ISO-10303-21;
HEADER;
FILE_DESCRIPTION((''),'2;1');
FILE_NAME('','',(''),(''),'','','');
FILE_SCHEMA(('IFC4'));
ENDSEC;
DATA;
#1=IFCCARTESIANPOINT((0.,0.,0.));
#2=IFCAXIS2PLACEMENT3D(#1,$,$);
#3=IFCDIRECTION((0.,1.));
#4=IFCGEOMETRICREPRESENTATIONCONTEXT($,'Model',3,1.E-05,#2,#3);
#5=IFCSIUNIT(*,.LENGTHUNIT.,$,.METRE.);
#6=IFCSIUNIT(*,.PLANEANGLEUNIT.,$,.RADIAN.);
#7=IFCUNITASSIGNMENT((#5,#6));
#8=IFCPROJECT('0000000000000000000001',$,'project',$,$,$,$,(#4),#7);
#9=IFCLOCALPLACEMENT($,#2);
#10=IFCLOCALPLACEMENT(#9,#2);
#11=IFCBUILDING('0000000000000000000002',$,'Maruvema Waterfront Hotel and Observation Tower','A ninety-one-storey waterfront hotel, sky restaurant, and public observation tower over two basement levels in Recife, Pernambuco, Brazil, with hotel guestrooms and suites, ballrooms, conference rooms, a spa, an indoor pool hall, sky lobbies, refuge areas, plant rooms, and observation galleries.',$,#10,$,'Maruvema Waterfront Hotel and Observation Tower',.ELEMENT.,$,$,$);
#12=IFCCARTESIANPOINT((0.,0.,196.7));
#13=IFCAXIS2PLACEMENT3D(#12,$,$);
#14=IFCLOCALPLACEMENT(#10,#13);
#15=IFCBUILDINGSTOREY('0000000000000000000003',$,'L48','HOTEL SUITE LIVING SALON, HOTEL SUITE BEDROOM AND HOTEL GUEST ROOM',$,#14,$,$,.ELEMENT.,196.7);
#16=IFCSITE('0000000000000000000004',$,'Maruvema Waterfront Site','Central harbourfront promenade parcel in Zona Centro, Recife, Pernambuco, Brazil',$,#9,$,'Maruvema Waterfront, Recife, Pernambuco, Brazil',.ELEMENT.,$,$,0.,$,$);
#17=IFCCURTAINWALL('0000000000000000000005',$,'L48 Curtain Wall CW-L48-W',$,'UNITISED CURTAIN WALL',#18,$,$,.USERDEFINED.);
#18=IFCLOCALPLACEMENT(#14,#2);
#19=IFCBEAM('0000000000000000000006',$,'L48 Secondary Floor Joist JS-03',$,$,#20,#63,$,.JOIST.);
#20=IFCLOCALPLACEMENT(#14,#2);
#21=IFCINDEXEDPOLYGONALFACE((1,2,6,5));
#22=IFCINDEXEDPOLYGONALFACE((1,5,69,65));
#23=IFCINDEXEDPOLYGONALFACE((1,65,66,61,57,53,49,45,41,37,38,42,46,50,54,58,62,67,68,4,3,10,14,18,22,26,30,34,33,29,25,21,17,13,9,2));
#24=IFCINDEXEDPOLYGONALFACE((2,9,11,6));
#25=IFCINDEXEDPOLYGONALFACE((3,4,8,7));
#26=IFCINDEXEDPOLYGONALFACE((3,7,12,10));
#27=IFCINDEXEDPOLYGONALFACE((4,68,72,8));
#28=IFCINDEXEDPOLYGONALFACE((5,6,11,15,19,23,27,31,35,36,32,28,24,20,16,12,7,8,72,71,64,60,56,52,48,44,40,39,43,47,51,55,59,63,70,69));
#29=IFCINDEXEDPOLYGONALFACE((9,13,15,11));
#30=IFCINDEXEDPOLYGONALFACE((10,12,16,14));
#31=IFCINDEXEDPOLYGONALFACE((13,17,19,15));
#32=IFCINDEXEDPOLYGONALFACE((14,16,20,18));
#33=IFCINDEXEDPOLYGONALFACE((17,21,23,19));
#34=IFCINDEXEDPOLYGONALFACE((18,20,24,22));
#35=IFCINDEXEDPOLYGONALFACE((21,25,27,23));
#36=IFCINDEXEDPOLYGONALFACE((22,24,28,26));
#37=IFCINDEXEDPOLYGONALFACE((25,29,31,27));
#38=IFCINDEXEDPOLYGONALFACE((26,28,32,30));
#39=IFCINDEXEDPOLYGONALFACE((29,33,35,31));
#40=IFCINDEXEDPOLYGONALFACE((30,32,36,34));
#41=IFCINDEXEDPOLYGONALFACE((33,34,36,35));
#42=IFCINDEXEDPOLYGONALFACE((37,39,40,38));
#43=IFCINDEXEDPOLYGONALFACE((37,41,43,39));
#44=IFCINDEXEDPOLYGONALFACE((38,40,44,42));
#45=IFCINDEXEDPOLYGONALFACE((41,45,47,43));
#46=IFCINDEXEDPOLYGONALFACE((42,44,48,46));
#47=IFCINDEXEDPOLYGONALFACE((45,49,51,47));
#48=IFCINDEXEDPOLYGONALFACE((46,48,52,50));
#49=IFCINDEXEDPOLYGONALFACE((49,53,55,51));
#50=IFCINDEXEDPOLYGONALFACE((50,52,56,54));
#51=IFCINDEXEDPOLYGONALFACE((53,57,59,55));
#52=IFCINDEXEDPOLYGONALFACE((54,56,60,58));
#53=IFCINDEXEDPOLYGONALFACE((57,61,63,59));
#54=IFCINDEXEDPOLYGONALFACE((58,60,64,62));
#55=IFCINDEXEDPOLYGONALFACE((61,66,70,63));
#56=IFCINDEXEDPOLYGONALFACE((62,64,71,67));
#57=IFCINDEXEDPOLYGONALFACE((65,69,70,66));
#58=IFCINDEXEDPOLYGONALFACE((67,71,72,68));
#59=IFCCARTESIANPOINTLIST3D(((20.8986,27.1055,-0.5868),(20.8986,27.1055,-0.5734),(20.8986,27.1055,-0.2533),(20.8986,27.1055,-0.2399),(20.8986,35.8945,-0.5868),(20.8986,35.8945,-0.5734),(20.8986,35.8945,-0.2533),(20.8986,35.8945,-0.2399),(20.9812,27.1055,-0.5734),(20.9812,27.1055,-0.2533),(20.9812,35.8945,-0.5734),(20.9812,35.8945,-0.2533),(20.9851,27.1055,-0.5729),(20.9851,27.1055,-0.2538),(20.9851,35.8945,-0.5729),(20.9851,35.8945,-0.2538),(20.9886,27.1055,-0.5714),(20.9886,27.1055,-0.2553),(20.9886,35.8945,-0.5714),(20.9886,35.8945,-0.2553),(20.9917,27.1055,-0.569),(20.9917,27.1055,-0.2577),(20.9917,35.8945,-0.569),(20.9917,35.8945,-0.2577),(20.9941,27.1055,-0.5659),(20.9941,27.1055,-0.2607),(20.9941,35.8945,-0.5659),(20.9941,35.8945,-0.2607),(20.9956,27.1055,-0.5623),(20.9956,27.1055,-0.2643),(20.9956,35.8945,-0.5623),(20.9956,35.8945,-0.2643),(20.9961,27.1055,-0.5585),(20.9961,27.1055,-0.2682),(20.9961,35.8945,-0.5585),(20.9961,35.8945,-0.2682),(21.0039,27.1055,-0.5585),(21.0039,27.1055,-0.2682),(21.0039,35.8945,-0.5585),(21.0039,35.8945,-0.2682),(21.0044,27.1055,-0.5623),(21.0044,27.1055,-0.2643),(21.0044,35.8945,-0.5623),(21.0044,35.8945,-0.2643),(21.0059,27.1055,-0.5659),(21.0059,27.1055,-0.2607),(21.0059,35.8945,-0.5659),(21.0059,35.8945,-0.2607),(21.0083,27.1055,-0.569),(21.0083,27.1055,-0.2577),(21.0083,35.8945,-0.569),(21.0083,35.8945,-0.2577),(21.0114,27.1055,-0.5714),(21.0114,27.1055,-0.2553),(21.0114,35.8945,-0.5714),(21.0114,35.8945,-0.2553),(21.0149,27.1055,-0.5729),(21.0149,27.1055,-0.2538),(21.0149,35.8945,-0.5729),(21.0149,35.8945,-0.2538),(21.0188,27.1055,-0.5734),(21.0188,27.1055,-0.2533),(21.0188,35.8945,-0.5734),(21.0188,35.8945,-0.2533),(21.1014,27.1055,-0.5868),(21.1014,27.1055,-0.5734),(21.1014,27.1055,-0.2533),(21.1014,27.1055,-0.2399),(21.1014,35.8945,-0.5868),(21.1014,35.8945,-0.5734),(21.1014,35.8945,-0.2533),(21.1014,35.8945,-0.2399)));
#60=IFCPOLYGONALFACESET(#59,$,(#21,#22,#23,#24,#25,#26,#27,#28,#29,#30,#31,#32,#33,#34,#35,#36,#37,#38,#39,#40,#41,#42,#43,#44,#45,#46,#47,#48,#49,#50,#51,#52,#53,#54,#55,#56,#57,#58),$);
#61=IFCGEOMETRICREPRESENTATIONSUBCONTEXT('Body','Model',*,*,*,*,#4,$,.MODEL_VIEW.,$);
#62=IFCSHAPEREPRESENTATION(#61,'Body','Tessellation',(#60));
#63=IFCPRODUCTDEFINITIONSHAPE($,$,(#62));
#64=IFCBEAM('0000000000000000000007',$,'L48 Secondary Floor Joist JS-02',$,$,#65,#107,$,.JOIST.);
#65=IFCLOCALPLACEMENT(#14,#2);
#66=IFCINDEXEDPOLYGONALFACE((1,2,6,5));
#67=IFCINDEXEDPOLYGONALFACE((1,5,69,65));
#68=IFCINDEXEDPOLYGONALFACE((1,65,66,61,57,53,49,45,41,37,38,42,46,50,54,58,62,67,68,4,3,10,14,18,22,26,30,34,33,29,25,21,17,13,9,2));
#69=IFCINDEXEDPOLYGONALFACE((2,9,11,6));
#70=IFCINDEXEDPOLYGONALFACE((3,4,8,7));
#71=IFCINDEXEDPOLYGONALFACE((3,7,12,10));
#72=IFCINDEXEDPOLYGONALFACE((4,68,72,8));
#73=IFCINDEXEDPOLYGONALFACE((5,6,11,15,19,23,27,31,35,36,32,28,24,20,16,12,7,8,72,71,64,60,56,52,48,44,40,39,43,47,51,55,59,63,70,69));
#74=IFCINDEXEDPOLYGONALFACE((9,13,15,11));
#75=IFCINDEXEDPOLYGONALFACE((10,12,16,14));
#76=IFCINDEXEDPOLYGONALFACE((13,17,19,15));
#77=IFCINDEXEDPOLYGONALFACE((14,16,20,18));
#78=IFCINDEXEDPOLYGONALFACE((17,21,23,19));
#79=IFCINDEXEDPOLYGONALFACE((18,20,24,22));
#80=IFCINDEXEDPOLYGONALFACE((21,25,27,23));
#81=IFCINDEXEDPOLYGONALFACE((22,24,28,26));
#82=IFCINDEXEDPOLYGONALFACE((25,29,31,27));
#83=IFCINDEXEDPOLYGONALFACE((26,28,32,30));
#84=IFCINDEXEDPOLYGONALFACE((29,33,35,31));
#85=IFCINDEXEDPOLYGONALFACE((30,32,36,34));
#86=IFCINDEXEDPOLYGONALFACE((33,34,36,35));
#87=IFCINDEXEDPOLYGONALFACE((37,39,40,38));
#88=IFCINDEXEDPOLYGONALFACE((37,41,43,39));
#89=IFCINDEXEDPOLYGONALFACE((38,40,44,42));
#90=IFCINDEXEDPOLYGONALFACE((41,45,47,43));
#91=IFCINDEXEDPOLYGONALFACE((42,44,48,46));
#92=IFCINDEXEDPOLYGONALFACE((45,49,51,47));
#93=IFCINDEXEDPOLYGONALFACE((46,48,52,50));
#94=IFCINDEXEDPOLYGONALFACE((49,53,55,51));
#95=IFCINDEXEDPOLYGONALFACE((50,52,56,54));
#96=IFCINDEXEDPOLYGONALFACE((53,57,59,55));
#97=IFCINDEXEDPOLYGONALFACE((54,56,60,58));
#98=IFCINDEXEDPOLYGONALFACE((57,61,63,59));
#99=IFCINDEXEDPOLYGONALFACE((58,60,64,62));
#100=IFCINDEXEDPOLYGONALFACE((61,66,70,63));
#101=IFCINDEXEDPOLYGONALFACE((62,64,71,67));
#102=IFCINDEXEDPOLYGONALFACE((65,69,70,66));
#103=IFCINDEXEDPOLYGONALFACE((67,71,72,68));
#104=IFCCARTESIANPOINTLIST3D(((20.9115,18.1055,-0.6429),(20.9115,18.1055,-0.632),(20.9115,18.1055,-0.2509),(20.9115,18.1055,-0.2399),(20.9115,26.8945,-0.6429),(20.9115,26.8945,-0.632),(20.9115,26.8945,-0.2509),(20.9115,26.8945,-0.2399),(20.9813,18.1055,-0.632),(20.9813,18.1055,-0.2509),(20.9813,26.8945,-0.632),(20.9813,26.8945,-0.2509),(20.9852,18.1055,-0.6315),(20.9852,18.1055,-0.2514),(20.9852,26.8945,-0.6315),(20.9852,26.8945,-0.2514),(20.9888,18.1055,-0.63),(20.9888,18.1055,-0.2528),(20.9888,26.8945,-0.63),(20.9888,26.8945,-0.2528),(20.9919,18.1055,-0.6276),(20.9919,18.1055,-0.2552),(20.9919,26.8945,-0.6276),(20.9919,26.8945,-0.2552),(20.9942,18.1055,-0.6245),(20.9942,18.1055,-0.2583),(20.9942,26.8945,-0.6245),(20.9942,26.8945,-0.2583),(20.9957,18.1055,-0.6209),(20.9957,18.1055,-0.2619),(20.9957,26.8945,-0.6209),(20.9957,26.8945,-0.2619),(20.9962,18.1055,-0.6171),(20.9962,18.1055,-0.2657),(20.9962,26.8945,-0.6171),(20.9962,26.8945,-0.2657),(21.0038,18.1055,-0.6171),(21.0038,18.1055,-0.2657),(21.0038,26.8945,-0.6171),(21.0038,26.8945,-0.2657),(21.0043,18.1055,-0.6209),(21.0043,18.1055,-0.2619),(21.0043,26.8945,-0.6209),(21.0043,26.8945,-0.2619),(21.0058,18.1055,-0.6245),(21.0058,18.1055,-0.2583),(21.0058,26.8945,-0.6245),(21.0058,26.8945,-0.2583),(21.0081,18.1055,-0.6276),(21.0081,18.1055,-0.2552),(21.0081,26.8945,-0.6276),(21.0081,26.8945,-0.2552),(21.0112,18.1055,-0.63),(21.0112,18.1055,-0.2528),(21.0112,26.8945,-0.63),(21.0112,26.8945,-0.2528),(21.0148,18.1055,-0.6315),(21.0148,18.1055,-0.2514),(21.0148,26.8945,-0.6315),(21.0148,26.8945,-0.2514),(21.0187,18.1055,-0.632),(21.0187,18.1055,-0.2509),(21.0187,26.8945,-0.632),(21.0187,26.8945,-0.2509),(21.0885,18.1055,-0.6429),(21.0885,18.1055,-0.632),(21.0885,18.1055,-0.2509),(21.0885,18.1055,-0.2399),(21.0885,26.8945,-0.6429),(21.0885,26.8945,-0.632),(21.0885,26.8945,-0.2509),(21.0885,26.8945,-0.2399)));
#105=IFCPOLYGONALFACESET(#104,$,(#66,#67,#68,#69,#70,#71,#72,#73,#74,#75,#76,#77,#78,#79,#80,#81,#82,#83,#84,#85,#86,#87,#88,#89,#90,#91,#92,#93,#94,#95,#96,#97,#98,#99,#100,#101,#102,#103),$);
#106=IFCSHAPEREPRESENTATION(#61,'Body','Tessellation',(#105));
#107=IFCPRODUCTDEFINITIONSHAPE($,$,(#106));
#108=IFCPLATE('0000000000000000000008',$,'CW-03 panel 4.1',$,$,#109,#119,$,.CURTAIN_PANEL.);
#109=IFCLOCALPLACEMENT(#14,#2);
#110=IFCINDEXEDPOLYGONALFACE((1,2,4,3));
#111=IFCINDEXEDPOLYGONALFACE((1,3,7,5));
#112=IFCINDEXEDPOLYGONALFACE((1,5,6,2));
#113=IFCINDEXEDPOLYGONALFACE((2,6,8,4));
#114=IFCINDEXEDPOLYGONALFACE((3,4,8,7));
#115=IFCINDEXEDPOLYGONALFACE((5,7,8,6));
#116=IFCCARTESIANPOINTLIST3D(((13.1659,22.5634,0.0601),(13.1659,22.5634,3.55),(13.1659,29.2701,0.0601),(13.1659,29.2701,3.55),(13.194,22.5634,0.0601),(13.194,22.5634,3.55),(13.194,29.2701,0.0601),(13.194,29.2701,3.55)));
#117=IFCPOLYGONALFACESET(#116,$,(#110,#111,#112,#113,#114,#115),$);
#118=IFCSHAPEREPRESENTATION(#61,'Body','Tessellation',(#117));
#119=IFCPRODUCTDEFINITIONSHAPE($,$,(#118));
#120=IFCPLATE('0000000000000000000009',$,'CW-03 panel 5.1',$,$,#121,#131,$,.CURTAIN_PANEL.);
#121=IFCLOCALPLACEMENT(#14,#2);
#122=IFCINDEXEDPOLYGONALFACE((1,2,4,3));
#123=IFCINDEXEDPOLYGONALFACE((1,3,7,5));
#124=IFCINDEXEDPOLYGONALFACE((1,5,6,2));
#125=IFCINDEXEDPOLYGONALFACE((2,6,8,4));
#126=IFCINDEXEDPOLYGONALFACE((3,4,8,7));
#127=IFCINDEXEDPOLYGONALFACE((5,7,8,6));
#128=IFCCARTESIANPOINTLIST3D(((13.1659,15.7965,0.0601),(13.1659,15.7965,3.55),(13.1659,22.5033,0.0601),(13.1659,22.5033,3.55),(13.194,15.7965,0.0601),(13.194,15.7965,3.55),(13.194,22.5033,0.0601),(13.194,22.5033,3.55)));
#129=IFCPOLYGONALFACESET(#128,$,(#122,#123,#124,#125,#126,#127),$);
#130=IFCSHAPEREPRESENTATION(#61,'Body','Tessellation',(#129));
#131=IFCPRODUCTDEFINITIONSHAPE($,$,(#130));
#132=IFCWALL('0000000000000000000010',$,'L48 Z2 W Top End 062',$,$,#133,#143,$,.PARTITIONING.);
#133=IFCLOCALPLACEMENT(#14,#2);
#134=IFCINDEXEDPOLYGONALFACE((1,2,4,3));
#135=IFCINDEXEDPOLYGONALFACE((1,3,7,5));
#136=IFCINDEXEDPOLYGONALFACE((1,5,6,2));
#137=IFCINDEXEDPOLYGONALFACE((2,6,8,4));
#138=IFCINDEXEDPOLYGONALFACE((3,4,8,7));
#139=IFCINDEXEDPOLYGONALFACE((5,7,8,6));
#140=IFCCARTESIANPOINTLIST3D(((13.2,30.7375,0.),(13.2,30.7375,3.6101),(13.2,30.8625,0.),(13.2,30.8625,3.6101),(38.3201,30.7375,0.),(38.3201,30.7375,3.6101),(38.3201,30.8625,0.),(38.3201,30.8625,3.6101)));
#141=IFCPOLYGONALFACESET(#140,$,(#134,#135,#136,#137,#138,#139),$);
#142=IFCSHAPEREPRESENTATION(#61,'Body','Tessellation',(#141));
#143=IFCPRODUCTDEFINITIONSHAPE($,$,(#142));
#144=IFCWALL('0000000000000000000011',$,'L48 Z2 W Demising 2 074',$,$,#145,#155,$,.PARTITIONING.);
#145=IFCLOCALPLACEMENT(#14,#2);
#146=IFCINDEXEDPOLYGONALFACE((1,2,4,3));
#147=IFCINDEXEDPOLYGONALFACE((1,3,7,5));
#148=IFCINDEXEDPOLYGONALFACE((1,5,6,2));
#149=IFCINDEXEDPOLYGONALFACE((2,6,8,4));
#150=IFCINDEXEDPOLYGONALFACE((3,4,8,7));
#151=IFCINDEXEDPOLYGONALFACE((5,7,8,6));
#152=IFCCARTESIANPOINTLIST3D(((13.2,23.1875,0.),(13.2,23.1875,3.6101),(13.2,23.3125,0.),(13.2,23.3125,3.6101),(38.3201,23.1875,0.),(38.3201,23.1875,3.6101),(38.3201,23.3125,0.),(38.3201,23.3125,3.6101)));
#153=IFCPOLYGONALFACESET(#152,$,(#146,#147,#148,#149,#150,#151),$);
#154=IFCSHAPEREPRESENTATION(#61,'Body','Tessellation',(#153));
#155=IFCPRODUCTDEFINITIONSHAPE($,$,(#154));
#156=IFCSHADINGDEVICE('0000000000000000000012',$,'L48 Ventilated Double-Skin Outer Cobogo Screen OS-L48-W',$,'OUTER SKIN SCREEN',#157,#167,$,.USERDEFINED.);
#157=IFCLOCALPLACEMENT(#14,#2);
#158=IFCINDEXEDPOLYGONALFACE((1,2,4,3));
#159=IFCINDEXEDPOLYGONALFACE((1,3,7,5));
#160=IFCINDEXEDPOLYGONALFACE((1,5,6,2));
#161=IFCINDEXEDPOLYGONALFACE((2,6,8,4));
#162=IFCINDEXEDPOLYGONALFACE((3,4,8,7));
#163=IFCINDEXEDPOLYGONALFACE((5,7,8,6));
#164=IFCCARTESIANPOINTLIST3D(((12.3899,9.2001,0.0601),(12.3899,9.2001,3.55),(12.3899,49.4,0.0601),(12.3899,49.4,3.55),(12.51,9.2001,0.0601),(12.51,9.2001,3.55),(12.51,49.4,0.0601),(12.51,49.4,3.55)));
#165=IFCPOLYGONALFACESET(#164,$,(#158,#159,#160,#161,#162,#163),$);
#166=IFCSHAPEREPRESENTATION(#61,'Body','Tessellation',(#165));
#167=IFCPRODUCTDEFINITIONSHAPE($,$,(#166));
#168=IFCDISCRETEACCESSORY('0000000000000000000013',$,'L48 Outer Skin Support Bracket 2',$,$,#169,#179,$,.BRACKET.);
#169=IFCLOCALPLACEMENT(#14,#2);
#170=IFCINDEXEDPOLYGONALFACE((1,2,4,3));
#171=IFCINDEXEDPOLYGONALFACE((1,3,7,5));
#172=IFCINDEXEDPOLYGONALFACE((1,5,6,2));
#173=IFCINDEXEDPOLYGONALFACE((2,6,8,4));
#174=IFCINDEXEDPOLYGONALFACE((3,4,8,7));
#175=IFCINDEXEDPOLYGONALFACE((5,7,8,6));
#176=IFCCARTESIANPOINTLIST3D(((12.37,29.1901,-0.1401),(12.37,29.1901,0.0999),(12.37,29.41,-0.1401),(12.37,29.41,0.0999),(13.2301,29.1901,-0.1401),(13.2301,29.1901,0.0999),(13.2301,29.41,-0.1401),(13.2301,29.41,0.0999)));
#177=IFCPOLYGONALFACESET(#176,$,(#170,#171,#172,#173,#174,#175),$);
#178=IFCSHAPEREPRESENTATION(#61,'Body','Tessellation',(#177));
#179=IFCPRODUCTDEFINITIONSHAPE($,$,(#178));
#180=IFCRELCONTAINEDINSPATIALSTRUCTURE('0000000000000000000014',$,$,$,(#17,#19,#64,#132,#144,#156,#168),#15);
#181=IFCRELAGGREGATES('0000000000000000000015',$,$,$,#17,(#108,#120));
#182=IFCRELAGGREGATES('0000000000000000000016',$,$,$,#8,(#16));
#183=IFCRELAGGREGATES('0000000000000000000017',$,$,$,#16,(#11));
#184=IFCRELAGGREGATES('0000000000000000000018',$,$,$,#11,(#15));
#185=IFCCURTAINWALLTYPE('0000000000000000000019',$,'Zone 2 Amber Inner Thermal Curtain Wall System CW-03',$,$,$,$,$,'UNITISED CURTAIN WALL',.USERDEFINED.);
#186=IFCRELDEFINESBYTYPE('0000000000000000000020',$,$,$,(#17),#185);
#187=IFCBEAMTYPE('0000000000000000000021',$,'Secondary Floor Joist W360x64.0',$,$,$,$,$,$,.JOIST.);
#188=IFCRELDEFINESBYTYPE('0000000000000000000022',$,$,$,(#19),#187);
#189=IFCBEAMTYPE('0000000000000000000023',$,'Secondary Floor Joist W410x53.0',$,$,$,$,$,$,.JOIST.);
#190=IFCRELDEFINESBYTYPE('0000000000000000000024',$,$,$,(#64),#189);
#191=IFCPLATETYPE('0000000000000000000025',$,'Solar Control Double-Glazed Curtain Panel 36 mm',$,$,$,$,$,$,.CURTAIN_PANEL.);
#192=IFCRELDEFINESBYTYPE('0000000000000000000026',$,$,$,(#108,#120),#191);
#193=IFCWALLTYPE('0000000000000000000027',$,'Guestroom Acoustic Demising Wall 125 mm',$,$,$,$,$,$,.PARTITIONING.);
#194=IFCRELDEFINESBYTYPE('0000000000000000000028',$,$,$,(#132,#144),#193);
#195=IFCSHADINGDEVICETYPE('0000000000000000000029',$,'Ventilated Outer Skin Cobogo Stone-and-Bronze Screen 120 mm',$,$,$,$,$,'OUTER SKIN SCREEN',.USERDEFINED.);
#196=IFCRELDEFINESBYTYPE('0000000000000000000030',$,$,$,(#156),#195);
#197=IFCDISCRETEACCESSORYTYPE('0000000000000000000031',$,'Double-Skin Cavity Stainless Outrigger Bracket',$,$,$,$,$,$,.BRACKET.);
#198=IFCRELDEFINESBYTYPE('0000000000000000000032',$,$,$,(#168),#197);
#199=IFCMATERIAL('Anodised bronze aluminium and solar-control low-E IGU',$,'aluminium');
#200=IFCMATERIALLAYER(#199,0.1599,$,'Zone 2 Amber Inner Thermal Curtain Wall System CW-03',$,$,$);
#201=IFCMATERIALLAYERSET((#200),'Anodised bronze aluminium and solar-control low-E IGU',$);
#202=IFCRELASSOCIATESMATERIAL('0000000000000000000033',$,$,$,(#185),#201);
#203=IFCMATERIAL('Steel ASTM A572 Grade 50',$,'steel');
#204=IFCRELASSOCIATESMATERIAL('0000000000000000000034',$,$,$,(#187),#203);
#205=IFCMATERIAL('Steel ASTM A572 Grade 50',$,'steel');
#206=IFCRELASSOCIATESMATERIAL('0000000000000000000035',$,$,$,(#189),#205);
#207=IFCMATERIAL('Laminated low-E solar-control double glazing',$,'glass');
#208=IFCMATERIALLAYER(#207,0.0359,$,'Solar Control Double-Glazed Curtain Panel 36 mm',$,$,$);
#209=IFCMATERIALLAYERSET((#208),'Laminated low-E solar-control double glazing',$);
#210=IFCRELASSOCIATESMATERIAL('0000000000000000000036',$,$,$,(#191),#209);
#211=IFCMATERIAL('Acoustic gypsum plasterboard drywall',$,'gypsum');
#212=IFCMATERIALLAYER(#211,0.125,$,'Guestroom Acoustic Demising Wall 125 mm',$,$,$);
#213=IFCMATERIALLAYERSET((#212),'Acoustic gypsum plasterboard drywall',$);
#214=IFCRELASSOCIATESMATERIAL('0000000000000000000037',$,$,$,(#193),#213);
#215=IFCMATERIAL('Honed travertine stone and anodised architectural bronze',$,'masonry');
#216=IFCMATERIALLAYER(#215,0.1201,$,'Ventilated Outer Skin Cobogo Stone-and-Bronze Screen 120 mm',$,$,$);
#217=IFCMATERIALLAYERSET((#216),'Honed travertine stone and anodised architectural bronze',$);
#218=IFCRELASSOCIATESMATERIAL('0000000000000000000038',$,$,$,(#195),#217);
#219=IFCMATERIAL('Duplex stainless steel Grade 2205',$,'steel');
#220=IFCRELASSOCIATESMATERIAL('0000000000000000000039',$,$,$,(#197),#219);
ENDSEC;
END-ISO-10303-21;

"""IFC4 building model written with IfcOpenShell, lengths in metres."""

from ifc_helpers import new_model, si_unit, direction, frame, frame_2d, origin, origin_2d, place, context, subcontext, project, spatial, rectangle, i_section, extrude, material, layer, layer_set, material_profile, profile_set, type_object, element, aggregate, save


model = new_model("IFC4")

# Units and contexts
model_context = context("Model", 3, precision=1e-05, world=origin(), true_north=direction((0.0, 1.0)))
body_context = subcontext(model_context, "Body", "Model", "MODEL_VIEW")
ifc_project = project(units=[si_unit("LENGTHUNIT", "METRE"), si_unit("PLANEANGLEUNIT", "RADIAN")], contexts=[model_context])

# Site, building, storey
site_placement = place(None, origin())
site = spatial("IfcSite", under=ifc_project, at=site_placement, Name="Maruvema Waterfront Site", Description="Central harbourfront promenade parcel in Zona Centro, Recife, Pernambuco, Brazil", LongName="Maruvema Waterfront, Recife, Pernambuco, Brazil", CompositionType="ELEMENT", RefElevation=0.0)
building_placement = place(site_placement, origin())
building = spatial("IfcBuilding", under=site, at=building_placement, Name="Maruvema Waterfront Hotel and Observation Tower", Description="A ninety-one-storey waterfront hotel, sky restaurant, and public observation tower over two basement levels in Recife, Pernambuco, Brazil, with hotel guestrooms and suites, ballrooms, conference rooms, a spa, an indoor pool hall, sky lobbies, refuge areas, plant rooms, and observation galleries.", LongName="Maruvema Waterfront Hotel and Observation Tower", CompositionType="ELEMENT")
storey_placement = place(building_placement, frame((0.0, 0.0, 196.7)))
storey = spatial("IfcBuildingStorey", under=building, at=storey_placement, Name="L48", Description="HOTEL SUITE LIVING SALON, HOTEL SUITE BEDROOM AND HOTEL GUEST ROOM", CompositionType="ELEMENT", Elevation=196.7)

# Curtain wall
ifc_material_1 = material(Name="Anodised bronze aluminium and solar-control low-E IGU", Category="aluminium")
ifc_layer_1 = layer(ifc_material_1, 0.1599, Name="Zone 2 Amber Inner Thermal Curtain Wall System CW-03")
ifc_layer_set_1 = layer_set([ifc_layer_1], Name="Anodised bronze aluminium and solar-control low-E IGU")
curtain_wall_type = type_object("IfcCurtainWallType", Name="Zone 2 Amber Inner Thermal Curtain Wall System CW-03", ElementType="UNITISED CURTAIN WALL", PredefinedType="USERDEFINED", material=ifc_layer_set_1)
curtain_wall_placement = place(storey_placement, origin())
curtain_wall = element("IfcCurtainWall", 1, at=curtain_wall_placement, inside=storey, type_object=curtain_wall_type, Name="L48 Curtain Wall CW-L48-W", ObjectType="UNITISED CURTAIN WALL", PredefinedType="USERDEFINED")

# Beams
ifc_material_2 = material(Name="Steel ASTM A572 Grade 50", Category="steel")
ifc_material_profile_1 = material_profile(ifc_material_2, i_section(OverallWidth=0.2029, OverallDepth=0.3469, WebThickness=0.0078, FlangeThickness=0.0134, FilletRadius=0.0149, at=origin_2d()), Name="W360x64.0")
ifc_profile_set_1 = profile_set([ifc_material_profile_1], Name="Steel ASTM A572 Grade 50")
beam_type_1 = type_object("IfcBeamType", Name="Secondary Floor Joist W360x64.0", PredefinedType="JOIST", material=ifc_profile_set_1)
beam_1_placement = place(storey_placement, frame((21.0, 27.1055, -0.4133), z_axis=(0.0, 1.0, 0.0), x_axis=(-1.0, 0.0, 0.0)))
element("IfcBeam", 2, at=beam_1_placement, inside=storey, type_object=beam_type_1, Name="L48 Secondary Floor Joist JS-03", PredefinedType="JOIST", context=body_context, shape_type="SweptSolid", body=[
    extrude(i_section(OverallWidth=0.2029, OverallDepth=0.3469, WebThickness=0.0078, FlangeThickness=0.0134, FilletRadius=0.0149, at=origin_2d()), origin(), (0.0, 0.0, 1.0), 8.7891),
])
ifc_material_3 = material(Name="Steel ASTM A572 Grade 50", Category="steel")
ifc_material_profile_2 = material_profile(ifc_material_3, i_section(OverallWidth=0.177, OverallDepth=0.4031, WebThickness=0.0076, FlangeThickness=0.011, FilletRadius=0.0149, at=origin_2d()), Name="W410x53.0")
ifc_profile_set_2 = profile_set([ifc_material_profile_2], Name="Steel ASTM A572 Grade 50")
beam_type_2 = type_object("IfcBeamType", Name="Secondary Floor Joist W410x53.0", PredefinedType="JOIST", material=ifc_profile_set_2)
beam_2_placement = place(storey_placement, frame((21.0, 18.1055, -0.4414), z_axis=(0.0, 1.0, 0.0), x_axis=(-1.0, 0.0, 0.0)))
element("IfcBeam", 3, at=beam_2_placement, inside=storey, type_object=beam_type_2, Name="L48 Secondary Floor Joist JS-02", PredefinedType="JOIST", context=body_context, shape_type="SweptSolid", body=[
    extrude(i_section(OverallWidth=0.177, OverallDepth=0.4031, WebThickness=0.0076, FlangeThickness=0.011, FilletRadius=0.0149, at=origin_2d()), origin(), (0.0, 0.0, 1.0), 8.7891),
])

# Plates
ifc_material_4 = material(Name="Laminated low-E solar-control double glazing", Category="glass")
ifc_layer_2 = layer(ifc_material_4, 0.0359, Name="Solar Control Double-Glazed Curtain Panel 36 mm")
ifc_layer_set_2 = layer_set([ifc_layer_2], Name="Laminated low-E solar-control double glazing")
plate_type = type_object("IfcPlateType", Name="Solar Control Double-Glazed Curtain Panel 36 mm", PredefinedType="CURTAIN_PANEL", material=ifc_layer_set_2)
plate_1_placement = place(storey_placement, frame((13.1799, 25.9167, 0.0601), z_axis=(0.0, 0.0, 1.0), x_axis=(0.0, -1.0, 0.0)))
plate_1 = element("IfcPlate", 4, at=plate_1_placement, type_object=plate_type, Name="CW-03 panel 4.1", PredefinedType="CURTAIN_PANEL", context=body_context, shape_type="SweptSolid", body=[
    extrude(rectangle(XDim=6.7068, YDim=0.0281, at=origin_2d()), origin(), (0.0, 0.0, 1.0), 3.49),
])
plate_2_placement = place(storey_placement, frame((13.1799, 19.1499, 0.0601), z_axis=(0.0, 0.0, 1.0), x_axis=(0.0, -1.0, 0.0)))
plate_2 = element("IfcPlate", 5, at=plate_2_placement, type_object=plate_type, Name="CW-03 panel 5.1", PredefinedType="CURTAIN_PANEL", context=body_context, shape_type="SweptSolid", body=[
    extrude(rectangle(XDim=6.7068, YDim=0.0281, at=origin_2d()), origin(), (0.0, 0.0, 1.0), 3.49),
])
aggregate(curtain_wall, [plate_1, plate_2])

# Walls
ifc_material_5 = material(Name="Acoustic gypsum plasterboard drywall", Category="gypsum")
ifc_layer_3 = layer(ifc_material_5, 0.125, Name="Guestroom Acoustic Demising Wall 125 mm")
ifc_layer_set_3 = layer_set([ifc_layer_3], Name="Acoustic gypsum plasterboard drywall")
wall_type = type_object("IfcWallType", Name="Guestroom Acoustic Demising Wall 125 mm", PredefinedType="PARTITIONING", material=ifc_layer_set_3)
for number, where, z_axis, x_axis, name in (
    (6, (13.2, 30.8, 0.0), (0.0, 0.0, 1.0), (1.0, 0.0, 0.0), "L48 Z2 W Top End 062"),
    (7, (13.2, 23.25, 0.0), (0.0, 0.0, 1.0), (1.0, 0.0, 0.0), "L48 Z2 W Demising 2 074"),
):
    element("IfcWall", number, at=place(storey_placement, frame(where, z_axis=z_axis, x_axis=x_axis)), inside=storey, type_object=wall_type, Name=name, PredefinedType="PARTITIONING", context=body_context, shape_type="SweptSolid", body=[
        extrude(rectangle(XDim=25.1201, YDim=0.125, at=frame_2d((12.5601, 0.0))), origin(), (0.0, 0.0, 1.0), 3.6101),
    ])

# Shading device
ifc_material_6 = material(Name="Honed travertine stone and anodised architectural bronze", Category="masonry")
ifc_layer_4 = layer(ifc_material_6, 0.1201, Name="Ventilated Outer Skin Cobogo Stone-and-Bronze Screen 120 mm")
ifc_layer_set_4 = layer_set([ifc_layer_4], Name="Honed travertine stone and anodised architectural bronze")
shading_device_type = type_object("IfcShadingDeviceType", Name="Ventilated Outer Skin Cobogo Stone-and-Bronze Screen 120 mm", ElementType="OUTER SKIN SCREEN", PredefinedType="USERDEFINED", material=ifc_layer_set_4)
shading_device_placement = place(storey_placement, frame((12.45, 29.3, 0.0601), z_axis=(0.0, 0.0, 1.0), x_axis=(0.0, -1.0, 0.0)))
element("IfcShadingDevice", 8, at=shading_device_placement, inside=storey, type_object=shading_device_type, Name="L48 Ventilated Double-Skin Outer Cobogo Screen OS-L48-W", ObjectType="OUTER SKIN SCREEN", PredefinedType="USERDEFINED", context=body_context, shape_type="SweptSolid", body=[
    extrude(rectangle(XDim=40.2, YDim=0.1201, at=origin_2d()), origin(), (0.0, 0.0, 1.0), 3.49),
])

# Discrete accessory
ifc_material_7 = material(Name="Duplex stainless steel Grade 2205", Category="steel")
discrete_accessory_type = type_object("IfcDiscreteAccessoryType", Name="Double-Skin Cavity Stainless Outrigger Bracket", PredefinedType="BRACKET", material=ifc_material_7)
discrete_accessory_placement = place(storey_placement, frame((12.8, 29.3, -0.1401), z_axis=(0.0, 0.0, 1.0), x_axis=(0.0, -1.0, 0.0)))
element("IfcDiscreteAccessory", 9, at=discrete_accessory_placement, inside=storey, type_object=discrete_accessory_type, Name="L48 Outer Skin Support Bracket 2", PredefinedType="BRACKET", context=body_context, shape_type="SweptSolid", body=[
    extrude(rectangle(XDim=0.22, YDim=0.8601, at=origin_2d()), origin(), (0.0, 0.0, 1.0), 0.24),
])

save(model, "model.ifc")
